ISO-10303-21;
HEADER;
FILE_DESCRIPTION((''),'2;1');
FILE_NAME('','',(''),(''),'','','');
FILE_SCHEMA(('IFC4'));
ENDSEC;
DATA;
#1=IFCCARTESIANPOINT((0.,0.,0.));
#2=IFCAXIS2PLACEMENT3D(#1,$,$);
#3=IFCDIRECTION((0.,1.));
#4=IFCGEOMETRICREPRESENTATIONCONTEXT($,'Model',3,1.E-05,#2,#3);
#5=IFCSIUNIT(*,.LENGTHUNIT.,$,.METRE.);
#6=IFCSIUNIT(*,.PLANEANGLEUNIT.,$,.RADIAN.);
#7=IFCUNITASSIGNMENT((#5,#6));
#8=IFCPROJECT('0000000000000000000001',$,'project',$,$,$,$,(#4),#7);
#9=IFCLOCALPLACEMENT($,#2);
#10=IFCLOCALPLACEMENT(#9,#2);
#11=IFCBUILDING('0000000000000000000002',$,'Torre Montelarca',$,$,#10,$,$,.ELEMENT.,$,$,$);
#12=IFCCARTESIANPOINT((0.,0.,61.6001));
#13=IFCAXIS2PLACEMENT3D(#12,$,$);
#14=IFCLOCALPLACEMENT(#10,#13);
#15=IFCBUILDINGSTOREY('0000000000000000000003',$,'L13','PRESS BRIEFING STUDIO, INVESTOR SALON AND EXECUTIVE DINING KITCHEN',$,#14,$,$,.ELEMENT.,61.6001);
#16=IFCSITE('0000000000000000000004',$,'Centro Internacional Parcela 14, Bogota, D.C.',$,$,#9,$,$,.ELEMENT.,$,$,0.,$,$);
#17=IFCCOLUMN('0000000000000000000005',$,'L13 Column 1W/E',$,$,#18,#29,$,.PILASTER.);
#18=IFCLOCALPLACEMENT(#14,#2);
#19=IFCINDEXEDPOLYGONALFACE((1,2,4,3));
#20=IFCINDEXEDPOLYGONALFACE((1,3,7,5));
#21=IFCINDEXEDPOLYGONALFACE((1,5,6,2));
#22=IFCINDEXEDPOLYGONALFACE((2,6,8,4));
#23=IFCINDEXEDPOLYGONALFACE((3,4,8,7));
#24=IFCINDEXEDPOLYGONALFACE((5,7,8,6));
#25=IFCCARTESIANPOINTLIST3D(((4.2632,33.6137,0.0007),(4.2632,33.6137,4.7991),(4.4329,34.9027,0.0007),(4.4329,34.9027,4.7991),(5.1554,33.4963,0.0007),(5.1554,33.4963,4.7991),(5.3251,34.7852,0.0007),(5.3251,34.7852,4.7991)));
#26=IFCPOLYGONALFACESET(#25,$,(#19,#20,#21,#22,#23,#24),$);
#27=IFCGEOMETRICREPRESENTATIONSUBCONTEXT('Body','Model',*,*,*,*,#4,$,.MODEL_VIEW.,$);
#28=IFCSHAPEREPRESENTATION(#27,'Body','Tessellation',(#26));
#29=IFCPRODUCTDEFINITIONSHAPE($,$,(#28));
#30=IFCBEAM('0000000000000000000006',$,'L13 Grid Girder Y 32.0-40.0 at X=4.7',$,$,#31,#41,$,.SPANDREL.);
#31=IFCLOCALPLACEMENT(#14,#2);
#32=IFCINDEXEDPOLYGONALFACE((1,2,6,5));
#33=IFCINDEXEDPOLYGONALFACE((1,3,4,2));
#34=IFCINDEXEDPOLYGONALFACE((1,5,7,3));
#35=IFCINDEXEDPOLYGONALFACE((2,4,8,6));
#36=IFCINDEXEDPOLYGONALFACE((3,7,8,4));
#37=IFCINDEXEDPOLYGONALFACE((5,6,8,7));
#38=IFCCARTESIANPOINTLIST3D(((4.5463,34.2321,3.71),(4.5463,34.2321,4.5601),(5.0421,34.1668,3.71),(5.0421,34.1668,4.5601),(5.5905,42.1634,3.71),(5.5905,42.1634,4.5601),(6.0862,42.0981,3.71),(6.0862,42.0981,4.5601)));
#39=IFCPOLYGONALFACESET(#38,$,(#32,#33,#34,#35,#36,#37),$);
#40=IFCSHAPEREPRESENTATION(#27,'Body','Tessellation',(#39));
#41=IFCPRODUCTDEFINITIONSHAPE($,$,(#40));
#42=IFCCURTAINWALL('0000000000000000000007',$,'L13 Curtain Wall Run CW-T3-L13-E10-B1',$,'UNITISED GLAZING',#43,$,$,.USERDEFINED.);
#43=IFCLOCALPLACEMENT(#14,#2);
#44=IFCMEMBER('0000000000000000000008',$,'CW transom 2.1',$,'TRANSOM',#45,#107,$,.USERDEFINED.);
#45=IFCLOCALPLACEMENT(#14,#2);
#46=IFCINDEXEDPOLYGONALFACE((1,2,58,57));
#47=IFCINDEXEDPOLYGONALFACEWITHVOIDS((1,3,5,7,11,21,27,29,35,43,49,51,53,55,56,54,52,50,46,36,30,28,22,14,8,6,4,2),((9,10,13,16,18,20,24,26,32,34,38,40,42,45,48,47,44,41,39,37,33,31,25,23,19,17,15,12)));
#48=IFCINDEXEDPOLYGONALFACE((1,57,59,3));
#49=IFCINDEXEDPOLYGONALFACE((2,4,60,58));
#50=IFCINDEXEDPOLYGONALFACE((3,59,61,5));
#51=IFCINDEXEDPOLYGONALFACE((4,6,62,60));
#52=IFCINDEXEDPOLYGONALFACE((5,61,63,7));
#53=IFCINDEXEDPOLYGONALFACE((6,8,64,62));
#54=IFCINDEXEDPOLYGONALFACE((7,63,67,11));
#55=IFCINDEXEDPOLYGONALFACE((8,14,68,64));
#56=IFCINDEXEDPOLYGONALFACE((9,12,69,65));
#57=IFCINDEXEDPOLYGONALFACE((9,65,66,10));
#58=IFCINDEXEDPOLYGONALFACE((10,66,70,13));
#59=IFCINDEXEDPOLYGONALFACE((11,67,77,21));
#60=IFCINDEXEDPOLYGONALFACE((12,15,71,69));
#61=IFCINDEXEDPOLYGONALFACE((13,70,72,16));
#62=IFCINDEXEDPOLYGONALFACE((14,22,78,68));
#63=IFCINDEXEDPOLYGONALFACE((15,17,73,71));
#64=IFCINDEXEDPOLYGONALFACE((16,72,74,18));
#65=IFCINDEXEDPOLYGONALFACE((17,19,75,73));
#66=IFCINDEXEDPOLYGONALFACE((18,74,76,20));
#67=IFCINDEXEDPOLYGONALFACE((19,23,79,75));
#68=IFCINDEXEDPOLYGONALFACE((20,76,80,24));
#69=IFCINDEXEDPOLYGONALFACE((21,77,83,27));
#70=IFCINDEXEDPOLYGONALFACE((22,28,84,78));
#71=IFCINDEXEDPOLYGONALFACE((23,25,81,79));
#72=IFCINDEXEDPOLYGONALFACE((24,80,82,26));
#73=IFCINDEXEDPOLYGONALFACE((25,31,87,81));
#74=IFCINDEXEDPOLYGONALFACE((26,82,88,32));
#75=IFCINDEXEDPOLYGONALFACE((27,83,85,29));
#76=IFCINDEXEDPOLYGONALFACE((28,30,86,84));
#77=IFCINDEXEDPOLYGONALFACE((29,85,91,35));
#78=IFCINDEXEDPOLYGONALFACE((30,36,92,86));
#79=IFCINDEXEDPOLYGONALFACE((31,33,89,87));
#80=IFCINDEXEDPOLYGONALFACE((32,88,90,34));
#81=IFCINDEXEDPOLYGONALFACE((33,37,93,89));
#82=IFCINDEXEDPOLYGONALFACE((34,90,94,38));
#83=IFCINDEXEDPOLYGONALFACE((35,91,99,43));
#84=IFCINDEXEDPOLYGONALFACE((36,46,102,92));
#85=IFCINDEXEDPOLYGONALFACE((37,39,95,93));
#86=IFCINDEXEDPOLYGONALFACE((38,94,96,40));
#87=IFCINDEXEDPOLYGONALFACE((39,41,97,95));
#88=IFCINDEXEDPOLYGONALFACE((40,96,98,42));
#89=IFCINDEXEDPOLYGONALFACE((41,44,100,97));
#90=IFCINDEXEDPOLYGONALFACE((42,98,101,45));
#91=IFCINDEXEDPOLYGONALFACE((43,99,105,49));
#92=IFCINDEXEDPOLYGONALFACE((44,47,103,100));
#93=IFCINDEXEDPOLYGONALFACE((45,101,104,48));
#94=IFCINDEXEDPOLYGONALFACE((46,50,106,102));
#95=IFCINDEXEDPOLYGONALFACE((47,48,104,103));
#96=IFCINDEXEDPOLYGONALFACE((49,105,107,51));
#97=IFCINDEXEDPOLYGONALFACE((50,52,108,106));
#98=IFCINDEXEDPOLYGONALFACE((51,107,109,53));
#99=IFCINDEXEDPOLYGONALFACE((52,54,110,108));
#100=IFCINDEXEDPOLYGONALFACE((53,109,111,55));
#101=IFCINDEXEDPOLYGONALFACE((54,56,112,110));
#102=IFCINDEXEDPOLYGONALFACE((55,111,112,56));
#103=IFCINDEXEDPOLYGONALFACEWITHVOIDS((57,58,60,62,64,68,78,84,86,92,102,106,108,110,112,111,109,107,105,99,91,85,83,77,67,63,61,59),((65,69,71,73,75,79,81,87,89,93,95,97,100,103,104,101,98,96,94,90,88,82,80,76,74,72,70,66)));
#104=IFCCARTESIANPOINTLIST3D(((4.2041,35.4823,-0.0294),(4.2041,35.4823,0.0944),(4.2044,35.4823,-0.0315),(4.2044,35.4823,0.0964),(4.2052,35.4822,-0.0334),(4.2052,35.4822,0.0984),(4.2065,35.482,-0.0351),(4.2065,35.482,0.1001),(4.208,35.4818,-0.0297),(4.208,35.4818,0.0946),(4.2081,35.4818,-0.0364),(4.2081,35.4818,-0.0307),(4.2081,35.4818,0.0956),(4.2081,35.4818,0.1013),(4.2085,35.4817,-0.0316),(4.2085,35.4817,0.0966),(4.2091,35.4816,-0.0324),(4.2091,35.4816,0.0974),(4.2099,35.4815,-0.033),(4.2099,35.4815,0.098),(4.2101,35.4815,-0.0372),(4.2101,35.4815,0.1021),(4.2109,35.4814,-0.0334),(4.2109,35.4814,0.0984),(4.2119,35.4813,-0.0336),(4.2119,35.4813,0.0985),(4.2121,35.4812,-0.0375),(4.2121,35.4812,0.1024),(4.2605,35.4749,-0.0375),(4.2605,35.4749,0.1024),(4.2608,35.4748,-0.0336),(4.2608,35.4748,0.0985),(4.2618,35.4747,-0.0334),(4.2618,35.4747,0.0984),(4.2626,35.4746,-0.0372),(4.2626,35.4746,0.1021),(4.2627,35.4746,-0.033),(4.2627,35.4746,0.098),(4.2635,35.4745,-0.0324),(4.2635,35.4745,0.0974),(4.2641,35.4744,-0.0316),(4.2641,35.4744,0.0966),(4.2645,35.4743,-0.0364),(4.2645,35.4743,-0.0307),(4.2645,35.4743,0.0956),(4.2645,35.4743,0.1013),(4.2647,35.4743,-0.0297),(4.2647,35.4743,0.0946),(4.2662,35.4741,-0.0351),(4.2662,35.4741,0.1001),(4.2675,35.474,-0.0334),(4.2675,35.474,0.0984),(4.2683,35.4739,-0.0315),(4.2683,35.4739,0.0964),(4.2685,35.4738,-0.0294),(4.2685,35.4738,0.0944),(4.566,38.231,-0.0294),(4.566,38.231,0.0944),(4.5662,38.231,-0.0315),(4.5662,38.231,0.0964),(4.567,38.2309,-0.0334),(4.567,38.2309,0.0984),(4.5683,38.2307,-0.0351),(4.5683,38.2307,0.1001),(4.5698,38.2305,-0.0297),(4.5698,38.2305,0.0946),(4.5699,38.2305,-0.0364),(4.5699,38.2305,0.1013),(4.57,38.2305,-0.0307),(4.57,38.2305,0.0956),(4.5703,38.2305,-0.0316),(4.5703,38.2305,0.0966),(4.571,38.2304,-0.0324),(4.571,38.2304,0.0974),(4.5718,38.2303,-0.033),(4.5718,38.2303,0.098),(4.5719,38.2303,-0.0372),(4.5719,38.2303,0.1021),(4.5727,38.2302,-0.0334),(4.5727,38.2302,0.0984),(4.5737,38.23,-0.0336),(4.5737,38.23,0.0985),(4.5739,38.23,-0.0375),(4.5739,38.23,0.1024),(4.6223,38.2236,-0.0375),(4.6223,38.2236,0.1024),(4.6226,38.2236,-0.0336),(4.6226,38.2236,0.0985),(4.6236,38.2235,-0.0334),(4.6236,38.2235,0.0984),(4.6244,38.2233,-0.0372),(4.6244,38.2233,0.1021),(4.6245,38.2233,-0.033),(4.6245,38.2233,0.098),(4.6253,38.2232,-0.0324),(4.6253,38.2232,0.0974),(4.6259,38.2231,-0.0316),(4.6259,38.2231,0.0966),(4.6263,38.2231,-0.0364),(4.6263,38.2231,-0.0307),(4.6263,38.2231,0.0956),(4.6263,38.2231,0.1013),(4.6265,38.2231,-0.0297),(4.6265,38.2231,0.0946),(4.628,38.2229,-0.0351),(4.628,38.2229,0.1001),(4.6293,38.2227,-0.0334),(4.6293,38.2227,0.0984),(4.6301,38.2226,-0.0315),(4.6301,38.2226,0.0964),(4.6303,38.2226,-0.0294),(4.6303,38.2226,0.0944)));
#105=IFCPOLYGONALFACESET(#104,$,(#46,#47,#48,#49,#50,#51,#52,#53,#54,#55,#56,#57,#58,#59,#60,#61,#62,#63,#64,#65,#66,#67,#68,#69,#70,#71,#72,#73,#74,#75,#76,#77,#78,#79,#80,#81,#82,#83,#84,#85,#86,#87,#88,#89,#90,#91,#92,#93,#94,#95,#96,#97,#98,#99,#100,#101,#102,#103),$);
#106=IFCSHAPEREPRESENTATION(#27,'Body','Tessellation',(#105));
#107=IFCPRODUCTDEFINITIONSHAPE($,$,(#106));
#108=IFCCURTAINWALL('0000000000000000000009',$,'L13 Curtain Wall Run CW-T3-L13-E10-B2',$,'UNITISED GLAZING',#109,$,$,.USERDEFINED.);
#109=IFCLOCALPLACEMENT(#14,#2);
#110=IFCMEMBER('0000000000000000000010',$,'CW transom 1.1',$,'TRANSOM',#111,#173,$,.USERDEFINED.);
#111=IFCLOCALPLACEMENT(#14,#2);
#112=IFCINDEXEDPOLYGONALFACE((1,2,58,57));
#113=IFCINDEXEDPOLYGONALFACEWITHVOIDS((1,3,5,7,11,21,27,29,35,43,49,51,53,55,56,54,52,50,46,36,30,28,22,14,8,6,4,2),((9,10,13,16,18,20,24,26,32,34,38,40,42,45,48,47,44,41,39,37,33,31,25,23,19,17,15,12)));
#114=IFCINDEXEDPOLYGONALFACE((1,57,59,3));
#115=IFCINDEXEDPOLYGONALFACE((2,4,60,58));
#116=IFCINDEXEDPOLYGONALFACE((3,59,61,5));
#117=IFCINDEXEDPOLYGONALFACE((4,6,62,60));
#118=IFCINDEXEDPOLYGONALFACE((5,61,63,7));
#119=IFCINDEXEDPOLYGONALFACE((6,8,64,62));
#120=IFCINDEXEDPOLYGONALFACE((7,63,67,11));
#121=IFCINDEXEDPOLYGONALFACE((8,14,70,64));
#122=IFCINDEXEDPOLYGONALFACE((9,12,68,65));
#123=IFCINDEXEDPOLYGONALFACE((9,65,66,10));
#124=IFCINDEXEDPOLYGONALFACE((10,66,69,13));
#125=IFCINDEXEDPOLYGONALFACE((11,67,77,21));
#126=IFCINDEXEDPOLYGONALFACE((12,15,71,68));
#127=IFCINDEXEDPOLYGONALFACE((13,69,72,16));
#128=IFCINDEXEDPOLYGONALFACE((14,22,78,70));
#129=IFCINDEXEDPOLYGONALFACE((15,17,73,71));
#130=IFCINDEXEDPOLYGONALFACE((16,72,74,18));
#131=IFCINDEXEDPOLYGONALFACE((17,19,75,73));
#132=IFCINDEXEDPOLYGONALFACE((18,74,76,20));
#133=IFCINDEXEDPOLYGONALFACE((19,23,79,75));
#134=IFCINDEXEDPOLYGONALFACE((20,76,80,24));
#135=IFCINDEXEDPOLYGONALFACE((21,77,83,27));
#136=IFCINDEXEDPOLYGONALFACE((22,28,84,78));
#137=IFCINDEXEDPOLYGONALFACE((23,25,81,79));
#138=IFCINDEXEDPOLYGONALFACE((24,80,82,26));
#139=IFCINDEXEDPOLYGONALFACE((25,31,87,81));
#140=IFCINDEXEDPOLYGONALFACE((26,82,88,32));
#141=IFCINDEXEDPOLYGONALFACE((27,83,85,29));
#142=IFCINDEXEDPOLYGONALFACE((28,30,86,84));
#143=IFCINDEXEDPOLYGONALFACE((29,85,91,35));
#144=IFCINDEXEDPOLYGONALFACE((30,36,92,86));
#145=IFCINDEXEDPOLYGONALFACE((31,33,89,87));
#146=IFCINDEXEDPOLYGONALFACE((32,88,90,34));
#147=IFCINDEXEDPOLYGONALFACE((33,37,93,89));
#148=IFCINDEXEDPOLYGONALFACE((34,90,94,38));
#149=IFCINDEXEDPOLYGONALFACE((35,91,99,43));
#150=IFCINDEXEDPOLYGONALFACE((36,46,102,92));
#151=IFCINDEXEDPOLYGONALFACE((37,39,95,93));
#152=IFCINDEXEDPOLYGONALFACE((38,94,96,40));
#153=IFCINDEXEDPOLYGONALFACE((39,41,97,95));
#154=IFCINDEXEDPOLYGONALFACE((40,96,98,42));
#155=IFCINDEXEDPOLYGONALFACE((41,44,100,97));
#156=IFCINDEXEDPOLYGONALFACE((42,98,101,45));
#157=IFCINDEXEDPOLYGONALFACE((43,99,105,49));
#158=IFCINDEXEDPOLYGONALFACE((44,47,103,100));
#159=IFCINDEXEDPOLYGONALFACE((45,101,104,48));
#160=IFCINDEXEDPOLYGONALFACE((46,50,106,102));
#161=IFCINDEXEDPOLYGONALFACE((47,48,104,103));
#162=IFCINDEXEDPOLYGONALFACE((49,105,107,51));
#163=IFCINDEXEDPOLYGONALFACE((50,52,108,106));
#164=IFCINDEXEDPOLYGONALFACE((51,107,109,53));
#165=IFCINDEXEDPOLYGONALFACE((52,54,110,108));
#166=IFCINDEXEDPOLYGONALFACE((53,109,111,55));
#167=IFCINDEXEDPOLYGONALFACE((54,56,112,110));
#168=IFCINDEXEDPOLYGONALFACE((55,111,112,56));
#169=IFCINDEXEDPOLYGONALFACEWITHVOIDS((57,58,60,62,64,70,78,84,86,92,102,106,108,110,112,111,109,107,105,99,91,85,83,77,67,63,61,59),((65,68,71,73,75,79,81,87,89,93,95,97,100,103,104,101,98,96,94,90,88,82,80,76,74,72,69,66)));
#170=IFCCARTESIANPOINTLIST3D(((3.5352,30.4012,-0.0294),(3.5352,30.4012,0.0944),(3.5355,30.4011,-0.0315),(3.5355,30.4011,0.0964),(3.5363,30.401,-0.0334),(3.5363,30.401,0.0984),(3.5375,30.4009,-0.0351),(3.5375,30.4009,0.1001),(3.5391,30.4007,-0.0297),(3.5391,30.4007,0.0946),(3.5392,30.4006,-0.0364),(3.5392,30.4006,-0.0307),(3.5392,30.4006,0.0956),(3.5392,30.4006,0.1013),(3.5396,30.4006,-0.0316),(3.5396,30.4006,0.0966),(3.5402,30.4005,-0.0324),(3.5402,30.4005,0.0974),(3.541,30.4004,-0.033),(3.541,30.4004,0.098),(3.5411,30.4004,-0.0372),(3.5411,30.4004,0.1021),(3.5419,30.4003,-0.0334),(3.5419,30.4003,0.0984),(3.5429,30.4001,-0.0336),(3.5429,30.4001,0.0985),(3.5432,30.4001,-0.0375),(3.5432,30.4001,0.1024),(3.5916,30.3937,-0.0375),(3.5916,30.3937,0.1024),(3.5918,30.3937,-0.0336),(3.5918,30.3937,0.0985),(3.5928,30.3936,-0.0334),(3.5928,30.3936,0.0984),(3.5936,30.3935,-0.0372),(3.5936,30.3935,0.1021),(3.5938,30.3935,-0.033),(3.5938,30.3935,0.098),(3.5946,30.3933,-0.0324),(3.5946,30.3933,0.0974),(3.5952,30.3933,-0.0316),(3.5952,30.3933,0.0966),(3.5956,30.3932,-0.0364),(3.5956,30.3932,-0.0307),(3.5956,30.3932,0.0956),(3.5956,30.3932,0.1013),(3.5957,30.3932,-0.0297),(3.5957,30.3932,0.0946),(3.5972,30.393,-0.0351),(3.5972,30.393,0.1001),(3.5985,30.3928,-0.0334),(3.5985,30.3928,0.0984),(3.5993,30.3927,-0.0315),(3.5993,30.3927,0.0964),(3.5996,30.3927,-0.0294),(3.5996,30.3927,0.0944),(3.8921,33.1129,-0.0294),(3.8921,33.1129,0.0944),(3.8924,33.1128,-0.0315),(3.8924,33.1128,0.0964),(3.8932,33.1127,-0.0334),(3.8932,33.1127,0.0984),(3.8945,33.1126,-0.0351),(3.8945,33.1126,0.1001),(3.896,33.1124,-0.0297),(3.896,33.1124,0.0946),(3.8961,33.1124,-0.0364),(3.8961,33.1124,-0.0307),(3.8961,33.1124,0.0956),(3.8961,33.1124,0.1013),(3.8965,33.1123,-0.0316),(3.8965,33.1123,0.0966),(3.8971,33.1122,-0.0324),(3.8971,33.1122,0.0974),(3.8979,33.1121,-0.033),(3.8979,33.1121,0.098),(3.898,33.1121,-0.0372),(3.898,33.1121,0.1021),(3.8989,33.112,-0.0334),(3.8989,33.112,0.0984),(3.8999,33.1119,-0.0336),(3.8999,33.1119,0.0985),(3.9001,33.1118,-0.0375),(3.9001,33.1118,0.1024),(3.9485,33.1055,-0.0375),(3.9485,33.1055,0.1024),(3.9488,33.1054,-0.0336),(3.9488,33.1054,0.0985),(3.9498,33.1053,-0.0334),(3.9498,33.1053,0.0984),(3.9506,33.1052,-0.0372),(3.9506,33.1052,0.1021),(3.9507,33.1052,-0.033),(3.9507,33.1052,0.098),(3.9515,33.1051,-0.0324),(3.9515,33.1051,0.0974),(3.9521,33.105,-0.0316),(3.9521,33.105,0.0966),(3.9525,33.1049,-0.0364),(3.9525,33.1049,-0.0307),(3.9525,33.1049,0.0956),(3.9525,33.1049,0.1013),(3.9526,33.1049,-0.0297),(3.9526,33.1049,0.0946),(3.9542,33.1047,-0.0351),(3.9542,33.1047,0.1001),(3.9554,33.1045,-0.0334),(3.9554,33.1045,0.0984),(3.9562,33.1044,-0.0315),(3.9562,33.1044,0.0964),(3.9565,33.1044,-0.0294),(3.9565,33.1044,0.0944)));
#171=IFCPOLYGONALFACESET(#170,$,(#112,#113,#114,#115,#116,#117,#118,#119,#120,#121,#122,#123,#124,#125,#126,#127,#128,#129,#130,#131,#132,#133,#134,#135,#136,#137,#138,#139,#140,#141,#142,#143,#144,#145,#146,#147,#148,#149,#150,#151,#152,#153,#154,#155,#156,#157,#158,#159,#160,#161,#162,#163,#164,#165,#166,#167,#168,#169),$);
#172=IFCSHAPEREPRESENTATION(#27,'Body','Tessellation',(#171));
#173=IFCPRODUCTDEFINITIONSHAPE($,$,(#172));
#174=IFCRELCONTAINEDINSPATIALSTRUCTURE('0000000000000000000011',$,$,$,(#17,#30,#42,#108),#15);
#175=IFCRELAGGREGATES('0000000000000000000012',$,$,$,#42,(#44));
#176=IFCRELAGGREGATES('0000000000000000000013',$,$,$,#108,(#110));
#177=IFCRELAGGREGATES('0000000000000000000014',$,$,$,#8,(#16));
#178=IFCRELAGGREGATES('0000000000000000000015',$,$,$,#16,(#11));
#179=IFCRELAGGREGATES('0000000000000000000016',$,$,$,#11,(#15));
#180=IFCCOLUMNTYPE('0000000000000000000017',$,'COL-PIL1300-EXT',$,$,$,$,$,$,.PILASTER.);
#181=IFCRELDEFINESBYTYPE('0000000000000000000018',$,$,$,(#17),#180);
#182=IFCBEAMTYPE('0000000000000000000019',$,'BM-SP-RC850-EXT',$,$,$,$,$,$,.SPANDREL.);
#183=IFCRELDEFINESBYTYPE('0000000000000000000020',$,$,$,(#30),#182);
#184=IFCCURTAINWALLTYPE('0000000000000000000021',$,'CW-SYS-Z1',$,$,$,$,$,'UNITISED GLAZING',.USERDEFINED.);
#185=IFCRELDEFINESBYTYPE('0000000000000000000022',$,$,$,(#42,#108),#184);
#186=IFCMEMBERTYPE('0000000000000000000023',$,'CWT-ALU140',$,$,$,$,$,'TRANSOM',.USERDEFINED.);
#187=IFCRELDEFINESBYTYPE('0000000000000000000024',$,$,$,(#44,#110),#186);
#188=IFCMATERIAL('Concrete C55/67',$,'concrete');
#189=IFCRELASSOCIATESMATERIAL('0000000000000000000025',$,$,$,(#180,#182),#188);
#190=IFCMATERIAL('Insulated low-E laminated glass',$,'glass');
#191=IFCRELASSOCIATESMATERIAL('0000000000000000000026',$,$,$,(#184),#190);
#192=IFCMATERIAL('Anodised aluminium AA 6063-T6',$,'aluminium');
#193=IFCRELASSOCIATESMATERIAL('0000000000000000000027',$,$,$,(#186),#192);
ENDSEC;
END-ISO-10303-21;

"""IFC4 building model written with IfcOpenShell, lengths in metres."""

from ifc_helpers import new_model, si_unit, direction, frame, origin, origin_2d, place, context, subcontext, project, spatial, rectangle, hollow_rectangle, extrude, source, transform, mapped, material, material_profile, profile_set, type_object, element, aggregate, save


model = new_model("IFC4")

# Units and contexts
model_context = context("Model", 3, precision=1e-05, world=origin(), true_north=direction((0.0, 1.0)))
body_context = subcontext(model_context, "Body", "Model", "MODEL_VIEW")
ifc_project = project(units=[si_unit("LENGTHUNIT", "METRE"), si_unit("PLANEANGLEUNIT", "RADIAN")], contexts=[model_context])

# Site, building, storey
site_placement = place(None, origin())
site = spatial("IfcSite", under=ifc_project, at=site_placement, Name="Centro Internacional Parcela 14, Bogota, D.C.", CompositionType="ELEMENT", RefElevation=0.0)
building_placement = place(site_placement, origin())
building = spatial("IfcBuilding", under=site, at=building_placement, Name="Torre Montelarca", CompositionType="ELEMENT")
storey_placement = place(building_placement, frame((0.0, 0.0, 61.6001)))
storey = spatial("IfcBuildingStorey", under=building, at=storey_placement, Name="L13", Description="PRESS BRIEFING STUDIO, INVESTOR SALON AND EXECUTIVE DINING KITCHEN", CompositionType="ELEMENT", Elevation=61.6001)

# Column
ifc_material_1 = material(Name="Concrete C55/67", Category="concrete")
ifc_material_profile_1 = material_profile(ifc_material_1, rectangle(XDim=0.8999, YDim=1.3, at=origin_2d()), Name="RC1300X900", Category="concrete")
ifc_profile_set_1 = profile_set([ifc_material_profile_1], Name="Concrete C55/67")
column_type = type_object("IfcColumnType", Name="COL-PIL1300-EXT", PredefinedType="PILASTER", material=ifc_profile_set_1)
shared_shape_1 = source(origin(), body_context, "Body", "SweptSolid", [
    extrude(rectangle(XDim=0.8999, YDim=1.3, at=origin_2d()), origin(), (0.0, 0.0, 1.0), 4.7983),
])
column_placement = place(storey_placement, frame((4.7942, 34.1995, 0.0007), z_axis=(0.0, 0.0, 1.0), x_axis=(-0.991445, 0.130526, 0.0)))
element("IfcColumn", 1, at=column_placement, inside=storey, type_object=column_type, Name="L13 Column 1W/E", PredefinedType="PILASTER", context=body_context, shape_type="MappedRepresentation", body=[
    mapped(shared_shape_1, transform((0.0, 0.0, 0.0), scale=1.0)),
])

# Beam
ifc_material_profile_2 = material_profile(ifc_material_1, rectangle(XDim=0.5, YDim=0.8501, at=origin_2d()), Name="RCB500X850", Category="concrete")
ifc_profile_set_2 = profile_set([ifc_material_profile_2], Name="Concrete C55/67")
beam_type = type_object("IfcBeamType", Name="BM-SP-RC850-EXT", PredefinedType="SPANDREL", material=ifc_profile_set_2)
shared_shape_2 = source(origin(), body_context, "Body", "SweptSolid", [
    extrude(rectangle(XDim=0.5, YDim=0.8501, at=origin_2d()), origin(), (0.0, 0.0, 1.0), 7.9998),
])
beam_placement = place(storey_placement, frame((4.7942, 34.1995, 4.135), z_axis=(0.130526, 0.991445, 0.0), x_axis=(-0.991445, 0.130526, 0.0)))
element("IfcBeam", 2, at=beam_placement, inside=storey, type_object=beam_type, Name="L13 Grid Girder Y 32.0-40.0 at X=4.7", PredefinedType="SPANDREL", context=body_context, shape_type="MappedRepresentation", body=[
    mapped(shared_shape_2, transform((0.0, 0.0, 0.0), scale=1.0)),
])

# Curtain wall, member
ifc_material_2 = material(Name="Insulated low-E laminated glass", Category="glass")
curtain_wall_type = type_object("IfcCurtainWallType", Name="CW-SYS-Z1", ElementType="UNITISED GLAZING", PredefinedType="USERDEFINED", material=ifc_material_2)
curtain_wall_1_placement = place(storey_placement, origin())
curtain_wall_1 = element("IfcCurtainWall", 3, at=curtain_wall_1_placement, inside=storey, type_object=curtain_wall_type, Name="L13 Curtain Wall Run CW-T3-L13-E10-B1", ObjectType="UNITISED GLAZING", PredefinedType="USERDEFINED")
ifc_material_3 = material(Name="Anodised aluminium AA 6063-T6", Category="aluminium")
ifc_material_profile_3 = material_profile(ifc_material_3, hollow_rectangle(XDim=0.0649, YDim=0.1399, WallThickness=0.0039, InnerFilletRadius=0.0039, OuterFilletRadius=0.0081, at=origin_2d()), Name="ALU65X140X4", Category="aluminium")
ifc_profile_set_3 = profile_set([ifc_material_profile_3], Name="Anodised aluminium AA 6063-T6")
member_type_1 = type_object("IfcMemberType", Name="CWT-ALU140", ElementType="TRANSOM", PredefinedType="USERDEFINED", material=ifc_profile_set_3)
shared_shape_3 = source(origin(), body_context, "Body", "SweptSolid", [
    extrude(hollow_rectangle(XDim=0.0649, YDim=0.1399, WallThickness=0.0039, InnerFilletRadius=0.0039, OuterFilletRadius=0.0081, at=origin_2d()), origin(), (0.0, 0.0, 1.0), 2.7725),
])
member_1_placement = place(storey_placement, frame((4.5981, 38.2268, 0.0325), z_axis=(-0.130502, -0.991448, 0.0), x_axis=(0.991448, -0.130502, 0.0)))
member_1 = element("IfcMember", 4, at=member_1_placement, type_object=member_type_1, Name="CW transom 2.1", ObjectType="TRANSOM", PredefinedType="USERDEFINED", context=body_context, shape_type="MappedRepresentation", body=[
    mapped(shared_shape_3, transform((0.0, 0.0, 0.0), scale=1.0)),
])

# Curtain wall, member
curtain_wall_2_placement = place(storey_placement, origin())
curtain_wall_2 = element("IfcCurtainWall", 5, at=curtain_wall_2_placement, inside=storey, type_object=curtain_wall_type, Name="L13 Curtain Wall Run CW-T3-L13-E10-B2", ObjectType="UNITISED GLAZING", PredefinedType="USERDEFINED")
shared_shape_4 = source(origin(), body_context, "Body", "SweptSolid", [
    extrude(hollow_rectangle(XDim=0.0649, YDim=0.1399, WallThickness=0.0039, InnerFilletRadius=0.0039, OuterFilletRadius=0.0081, at=origin_2d()), origin(), (0.0, 0.0, 1.0), 2.7351),
])
member_2_placement = place(storey_placement, frame((3.9243, 33.1086, 0.0325), z_axis=(-0.130503, -0.991448, 0.0), x_axis=(0.991448, -0.130503, 0.0)))
member_2 = element("IfcMember", 6, at=member_2_placement, type_object=member_type_1, Name="CW transom 1.1", ObjectType="TRANSOM", PredefinedType="USERDEFINED", context=body_context, shape_type="MappedRepresentation", body=[
    mapped(shared_shape_4, transform((0.0, 0.0, 0.0), scale=1.0)),
])

aggregate(curtain_wall_1, [member_1])
aggregate(curtain_wall_2, [member_2])

save(model, "model.ifc")
